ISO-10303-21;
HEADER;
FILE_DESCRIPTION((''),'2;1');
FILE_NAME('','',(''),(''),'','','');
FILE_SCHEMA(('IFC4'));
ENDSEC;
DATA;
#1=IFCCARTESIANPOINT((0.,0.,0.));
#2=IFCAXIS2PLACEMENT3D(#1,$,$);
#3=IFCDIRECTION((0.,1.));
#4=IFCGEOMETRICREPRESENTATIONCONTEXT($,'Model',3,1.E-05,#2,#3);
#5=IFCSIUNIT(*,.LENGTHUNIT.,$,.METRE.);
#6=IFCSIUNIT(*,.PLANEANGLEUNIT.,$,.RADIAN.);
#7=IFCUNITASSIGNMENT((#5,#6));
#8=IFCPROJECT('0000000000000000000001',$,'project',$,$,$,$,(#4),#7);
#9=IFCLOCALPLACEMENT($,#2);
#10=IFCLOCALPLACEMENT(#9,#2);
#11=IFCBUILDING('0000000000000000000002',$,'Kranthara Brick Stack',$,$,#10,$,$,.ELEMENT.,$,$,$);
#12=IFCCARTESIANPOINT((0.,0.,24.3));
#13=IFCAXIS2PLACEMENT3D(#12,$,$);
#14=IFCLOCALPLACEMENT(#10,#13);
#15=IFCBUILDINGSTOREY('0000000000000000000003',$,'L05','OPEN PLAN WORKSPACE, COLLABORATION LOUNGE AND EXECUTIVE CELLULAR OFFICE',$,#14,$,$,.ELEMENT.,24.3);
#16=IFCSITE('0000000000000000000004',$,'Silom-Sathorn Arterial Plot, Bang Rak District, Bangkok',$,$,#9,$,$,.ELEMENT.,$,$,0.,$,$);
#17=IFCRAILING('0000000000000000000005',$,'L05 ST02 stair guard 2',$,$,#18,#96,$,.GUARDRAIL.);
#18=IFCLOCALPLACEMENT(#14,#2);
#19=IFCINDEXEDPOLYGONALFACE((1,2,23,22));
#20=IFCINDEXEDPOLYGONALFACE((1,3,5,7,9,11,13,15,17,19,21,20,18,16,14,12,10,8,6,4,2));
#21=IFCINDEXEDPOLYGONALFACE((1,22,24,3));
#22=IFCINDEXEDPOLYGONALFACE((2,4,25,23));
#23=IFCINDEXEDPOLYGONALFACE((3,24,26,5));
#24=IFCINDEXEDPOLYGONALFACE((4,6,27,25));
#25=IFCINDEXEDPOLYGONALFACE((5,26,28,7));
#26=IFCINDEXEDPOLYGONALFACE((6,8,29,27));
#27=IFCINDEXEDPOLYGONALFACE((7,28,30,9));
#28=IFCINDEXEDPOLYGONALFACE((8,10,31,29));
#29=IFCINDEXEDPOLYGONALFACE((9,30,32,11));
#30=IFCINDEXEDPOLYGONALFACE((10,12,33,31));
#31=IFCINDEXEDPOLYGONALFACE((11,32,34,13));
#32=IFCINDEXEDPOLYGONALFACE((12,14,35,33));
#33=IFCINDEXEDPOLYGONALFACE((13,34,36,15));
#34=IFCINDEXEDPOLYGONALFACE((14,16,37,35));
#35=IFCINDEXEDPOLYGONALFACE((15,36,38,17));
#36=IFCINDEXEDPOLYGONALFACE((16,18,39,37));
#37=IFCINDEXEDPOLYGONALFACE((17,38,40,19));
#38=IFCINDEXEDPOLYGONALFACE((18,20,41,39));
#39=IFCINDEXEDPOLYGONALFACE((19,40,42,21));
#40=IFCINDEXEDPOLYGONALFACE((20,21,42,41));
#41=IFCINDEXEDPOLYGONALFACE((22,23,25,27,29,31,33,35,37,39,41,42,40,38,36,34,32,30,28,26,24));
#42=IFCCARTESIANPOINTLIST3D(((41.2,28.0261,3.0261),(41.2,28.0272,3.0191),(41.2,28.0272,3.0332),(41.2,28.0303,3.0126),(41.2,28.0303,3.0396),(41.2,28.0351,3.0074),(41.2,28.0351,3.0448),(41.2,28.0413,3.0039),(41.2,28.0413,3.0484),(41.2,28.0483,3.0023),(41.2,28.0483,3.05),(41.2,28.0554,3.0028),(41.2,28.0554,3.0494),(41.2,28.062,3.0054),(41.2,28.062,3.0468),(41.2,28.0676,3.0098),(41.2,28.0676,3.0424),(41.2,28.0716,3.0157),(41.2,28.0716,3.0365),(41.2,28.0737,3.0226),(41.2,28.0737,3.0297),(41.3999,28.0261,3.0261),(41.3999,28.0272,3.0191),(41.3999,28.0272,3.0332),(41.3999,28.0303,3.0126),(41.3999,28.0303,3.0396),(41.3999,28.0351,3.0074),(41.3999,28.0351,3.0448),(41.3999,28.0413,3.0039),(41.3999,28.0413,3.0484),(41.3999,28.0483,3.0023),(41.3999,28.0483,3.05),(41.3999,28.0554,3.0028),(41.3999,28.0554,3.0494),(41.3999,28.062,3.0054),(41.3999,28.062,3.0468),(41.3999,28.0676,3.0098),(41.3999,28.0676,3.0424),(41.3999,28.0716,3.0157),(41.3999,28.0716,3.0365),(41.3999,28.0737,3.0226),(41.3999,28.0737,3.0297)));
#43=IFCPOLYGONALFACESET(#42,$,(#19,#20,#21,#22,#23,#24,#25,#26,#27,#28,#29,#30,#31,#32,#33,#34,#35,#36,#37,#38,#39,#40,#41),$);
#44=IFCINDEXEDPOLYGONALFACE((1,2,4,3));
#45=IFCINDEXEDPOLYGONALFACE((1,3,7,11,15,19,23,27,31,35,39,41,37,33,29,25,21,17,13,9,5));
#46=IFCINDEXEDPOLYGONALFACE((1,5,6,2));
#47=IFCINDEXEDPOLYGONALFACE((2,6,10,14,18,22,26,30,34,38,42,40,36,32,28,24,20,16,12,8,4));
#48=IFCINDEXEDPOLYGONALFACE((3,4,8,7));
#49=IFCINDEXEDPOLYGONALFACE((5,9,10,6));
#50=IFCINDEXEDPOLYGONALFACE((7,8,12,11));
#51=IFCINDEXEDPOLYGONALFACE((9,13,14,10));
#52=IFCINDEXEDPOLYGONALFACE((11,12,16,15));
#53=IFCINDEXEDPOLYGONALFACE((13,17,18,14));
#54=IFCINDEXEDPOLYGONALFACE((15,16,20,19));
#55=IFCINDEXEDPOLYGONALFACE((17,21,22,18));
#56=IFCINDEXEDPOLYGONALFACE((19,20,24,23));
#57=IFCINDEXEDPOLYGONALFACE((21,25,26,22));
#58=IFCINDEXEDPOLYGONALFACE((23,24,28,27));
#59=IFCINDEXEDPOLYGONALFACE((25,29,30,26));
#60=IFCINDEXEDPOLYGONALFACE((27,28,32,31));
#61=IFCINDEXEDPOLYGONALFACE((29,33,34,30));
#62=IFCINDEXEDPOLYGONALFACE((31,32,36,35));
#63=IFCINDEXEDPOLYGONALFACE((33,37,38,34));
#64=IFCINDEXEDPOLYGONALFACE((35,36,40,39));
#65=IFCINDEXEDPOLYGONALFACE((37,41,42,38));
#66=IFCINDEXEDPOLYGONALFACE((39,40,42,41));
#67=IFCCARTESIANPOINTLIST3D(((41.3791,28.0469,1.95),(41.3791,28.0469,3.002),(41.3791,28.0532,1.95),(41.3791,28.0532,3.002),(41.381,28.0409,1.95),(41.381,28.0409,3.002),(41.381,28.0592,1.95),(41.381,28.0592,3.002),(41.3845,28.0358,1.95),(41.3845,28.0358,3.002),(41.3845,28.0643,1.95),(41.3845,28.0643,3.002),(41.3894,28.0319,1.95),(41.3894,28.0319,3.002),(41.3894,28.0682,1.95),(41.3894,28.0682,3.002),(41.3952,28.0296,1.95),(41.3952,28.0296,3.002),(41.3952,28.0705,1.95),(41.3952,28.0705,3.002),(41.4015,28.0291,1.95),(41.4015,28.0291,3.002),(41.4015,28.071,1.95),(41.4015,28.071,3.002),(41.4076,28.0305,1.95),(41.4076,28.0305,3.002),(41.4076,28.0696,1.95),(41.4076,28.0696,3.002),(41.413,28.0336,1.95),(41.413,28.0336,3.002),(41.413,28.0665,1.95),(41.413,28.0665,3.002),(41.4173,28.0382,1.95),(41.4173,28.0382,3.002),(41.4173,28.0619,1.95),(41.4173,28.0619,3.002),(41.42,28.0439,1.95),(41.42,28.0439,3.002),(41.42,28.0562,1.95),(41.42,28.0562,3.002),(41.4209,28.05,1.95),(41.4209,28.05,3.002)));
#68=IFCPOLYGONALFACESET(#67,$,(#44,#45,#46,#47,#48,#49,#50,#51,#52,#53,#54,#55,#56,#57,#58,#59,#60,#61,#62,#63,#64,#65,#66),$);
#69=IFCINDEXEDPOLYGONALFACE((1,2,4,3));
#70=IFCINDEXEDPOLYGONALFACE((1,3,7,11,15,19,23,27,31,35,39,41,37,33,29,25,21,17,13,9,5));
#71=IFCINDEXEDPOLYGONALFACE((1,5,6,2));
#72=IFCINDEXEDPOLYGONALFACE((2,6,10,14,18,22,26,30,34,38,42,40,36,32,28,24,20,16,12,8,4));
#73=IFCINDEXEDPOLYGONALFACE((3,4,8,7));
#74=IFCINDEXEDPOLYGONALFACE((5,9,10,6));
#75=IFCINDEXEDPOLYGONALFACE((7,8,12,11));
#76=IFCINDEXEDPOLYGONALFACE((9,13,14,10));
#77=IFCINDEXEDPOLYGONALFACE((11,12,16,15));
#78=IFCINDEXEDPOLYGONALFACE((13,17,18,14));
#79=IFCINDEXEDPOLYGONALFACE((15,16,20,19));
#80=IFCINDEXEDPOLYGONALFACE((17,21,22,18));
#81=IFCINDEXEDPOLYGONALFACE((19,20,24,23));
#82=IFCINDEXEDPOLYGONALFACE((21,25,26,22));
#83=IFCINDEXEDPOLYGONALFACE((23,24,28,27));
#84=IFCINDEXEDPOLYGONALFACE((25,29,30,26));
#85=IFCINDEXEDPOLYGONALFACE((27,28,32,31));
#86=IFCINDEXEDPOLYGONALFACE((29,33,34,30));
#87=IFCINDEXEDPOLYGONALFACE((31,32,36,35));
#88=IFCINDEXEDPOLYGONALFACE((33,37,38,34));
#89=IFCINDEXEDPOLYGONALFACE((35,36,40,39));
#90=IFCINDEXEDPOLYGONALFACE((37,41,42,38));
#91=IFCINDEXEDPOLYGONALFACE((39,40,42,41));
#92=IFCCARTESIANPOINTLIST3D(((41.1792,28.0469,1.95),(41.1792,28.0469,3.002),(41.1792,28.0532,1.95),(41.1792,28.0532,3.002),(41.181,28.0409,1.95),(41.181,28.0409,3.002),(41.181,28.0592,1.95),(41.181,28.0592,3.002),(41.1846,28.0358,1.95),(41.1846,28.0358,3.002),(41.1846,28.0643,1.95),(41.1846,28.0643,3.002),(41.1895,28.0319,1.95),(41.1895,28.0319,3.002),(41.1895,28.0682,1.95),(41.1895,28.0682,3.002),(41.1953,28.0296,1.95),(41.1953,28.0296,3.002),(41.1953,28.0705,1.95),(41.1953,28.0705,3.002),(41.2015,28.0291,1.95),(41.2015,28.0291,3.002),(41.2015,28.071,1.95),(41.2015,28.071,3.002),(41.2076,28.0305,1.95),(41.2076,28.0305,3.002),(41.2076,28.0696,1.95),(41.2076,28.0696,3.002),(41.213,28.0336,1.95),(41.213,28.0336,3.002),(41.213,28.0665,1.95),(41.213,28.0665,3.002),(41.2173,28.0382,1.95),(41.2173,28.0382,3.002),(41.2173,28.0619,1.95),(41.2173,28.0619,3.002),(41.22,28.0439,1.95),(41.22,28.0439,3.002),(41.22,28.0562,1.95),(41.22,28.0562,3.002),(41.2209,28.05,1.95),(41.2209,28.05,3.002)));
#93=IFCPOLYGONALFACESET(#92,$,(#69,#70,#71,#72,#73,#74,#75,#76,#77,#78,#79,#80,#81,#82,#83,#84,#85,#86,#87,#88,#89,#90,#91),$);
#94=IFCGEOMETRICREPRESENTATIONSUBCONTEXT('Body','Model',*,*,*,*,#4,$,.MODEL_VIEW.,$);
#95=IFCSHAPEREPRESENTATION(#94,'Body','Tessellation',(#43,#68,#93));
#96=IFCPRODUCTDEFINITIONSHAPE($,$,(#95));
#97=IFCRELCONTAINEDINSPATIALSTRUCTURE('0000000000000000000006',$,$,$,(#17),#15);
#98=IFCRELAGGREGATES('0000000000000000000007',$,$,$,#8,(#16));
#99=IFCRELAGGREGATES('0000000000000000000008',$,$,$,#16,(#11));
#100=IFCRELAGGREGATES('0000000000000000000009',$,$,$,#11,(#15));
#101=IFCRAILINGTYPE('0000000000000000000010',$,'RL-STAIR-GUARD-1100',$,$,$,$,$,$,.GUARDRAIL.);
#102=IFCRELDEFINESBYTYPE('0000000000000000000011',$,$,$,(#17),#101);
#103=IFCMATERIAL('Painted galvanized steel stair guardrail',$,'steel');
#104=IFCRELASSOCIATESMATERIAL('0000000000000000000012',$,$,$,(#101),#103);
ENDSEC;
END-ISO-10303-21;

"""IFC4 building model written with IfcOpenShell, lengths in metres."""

from ifc_helpers import new_model, si_unit, direction, frame, origin, origin_2d, place, context, subcontext, project, spatial, circle, extrude, material, type_object, element, save


model = new_model("IFC4")

# Units and contexts
model_context = context("Model", 3, precision=1e-05, world=origin(), true_north=direction((0.0, 1.0)))
body_context = subcontext(model_context, "Body", "Model", "MODEL_VIEW")
ifc_project = project(units=[si_unit("LENGTHUNIT", "METRE"), si_unit("PLANEANGLEUNIT", "RADIAN")], contexts=[model_context])

# Site, building, storey
site_placement = place(None, origin())
site = spatial("IfcSite", under=ifc_project, at=site_placement, Name="Silom-Sathorn Arterial Plot, Bang Rak District, Bangkok", CompositionType="ELEMENT", RefElevation=0.0)
building_placement = place(site_placement, origin())
building = spatial("IfcBuilding", under=site, at=building_placement, Name="Kranthara Brick Stack", CompositionType="ELEMENT")
storey_placement = place(building_placement, frame((0.0, 0.0, 24.3)))
storey = spatial("IfcBuildingStorey", under=building, at=storey_placement, Name="L05", Description="OPEN PLAN WORKSPACE, COLLABORATION LOUNGE AND EXECUTIVE CELLULAR OFFICE", CompositionType="ELEMENT", Elevation=24.3)

# Railing
ifc_material_1 = material(Name="Painted galvanized steel stair guardrail", Category="steel")
railing_type_1 = type_object("IfcRailingType", Name="RL-STAIR-GUARD-1100", PredefinedType="GUARDRAIL", material=ifc_material_1)
railing_1_placement = place(storey_placement, frame((41.3999, 28.05, 1.95)))
element("IfcRailing", 1, at=railing_1_placement, inside=storey, type_object=railing_type_1, Name="L05 ST02 stair guard 2", PredefinedType="GUARDRAIL", context=body_context, shape_type="SweptSolid", body=[
    extrude(circle(Radius=0.0239, at=origin_2d()), frame((0.0, 0.0, 1.0762), z_axis=(-1.0, 0.0, 0.0), x_axis=(0.0, -1.0, 0.0)), (0.0, 0.0, 1.0), 0.2),
    extrude(circle(Radius=0.021, at=origin_2d()), origin(), (0.0, 0.0, 1.0), 1.052),
    extrude(circle(Radius=0.021, at=origin_2d()), frame((-0.2, 0.0, 0.0)), (0.0, 0.0, 1.0), 1.052),
])

save(model, "model.ifc")
